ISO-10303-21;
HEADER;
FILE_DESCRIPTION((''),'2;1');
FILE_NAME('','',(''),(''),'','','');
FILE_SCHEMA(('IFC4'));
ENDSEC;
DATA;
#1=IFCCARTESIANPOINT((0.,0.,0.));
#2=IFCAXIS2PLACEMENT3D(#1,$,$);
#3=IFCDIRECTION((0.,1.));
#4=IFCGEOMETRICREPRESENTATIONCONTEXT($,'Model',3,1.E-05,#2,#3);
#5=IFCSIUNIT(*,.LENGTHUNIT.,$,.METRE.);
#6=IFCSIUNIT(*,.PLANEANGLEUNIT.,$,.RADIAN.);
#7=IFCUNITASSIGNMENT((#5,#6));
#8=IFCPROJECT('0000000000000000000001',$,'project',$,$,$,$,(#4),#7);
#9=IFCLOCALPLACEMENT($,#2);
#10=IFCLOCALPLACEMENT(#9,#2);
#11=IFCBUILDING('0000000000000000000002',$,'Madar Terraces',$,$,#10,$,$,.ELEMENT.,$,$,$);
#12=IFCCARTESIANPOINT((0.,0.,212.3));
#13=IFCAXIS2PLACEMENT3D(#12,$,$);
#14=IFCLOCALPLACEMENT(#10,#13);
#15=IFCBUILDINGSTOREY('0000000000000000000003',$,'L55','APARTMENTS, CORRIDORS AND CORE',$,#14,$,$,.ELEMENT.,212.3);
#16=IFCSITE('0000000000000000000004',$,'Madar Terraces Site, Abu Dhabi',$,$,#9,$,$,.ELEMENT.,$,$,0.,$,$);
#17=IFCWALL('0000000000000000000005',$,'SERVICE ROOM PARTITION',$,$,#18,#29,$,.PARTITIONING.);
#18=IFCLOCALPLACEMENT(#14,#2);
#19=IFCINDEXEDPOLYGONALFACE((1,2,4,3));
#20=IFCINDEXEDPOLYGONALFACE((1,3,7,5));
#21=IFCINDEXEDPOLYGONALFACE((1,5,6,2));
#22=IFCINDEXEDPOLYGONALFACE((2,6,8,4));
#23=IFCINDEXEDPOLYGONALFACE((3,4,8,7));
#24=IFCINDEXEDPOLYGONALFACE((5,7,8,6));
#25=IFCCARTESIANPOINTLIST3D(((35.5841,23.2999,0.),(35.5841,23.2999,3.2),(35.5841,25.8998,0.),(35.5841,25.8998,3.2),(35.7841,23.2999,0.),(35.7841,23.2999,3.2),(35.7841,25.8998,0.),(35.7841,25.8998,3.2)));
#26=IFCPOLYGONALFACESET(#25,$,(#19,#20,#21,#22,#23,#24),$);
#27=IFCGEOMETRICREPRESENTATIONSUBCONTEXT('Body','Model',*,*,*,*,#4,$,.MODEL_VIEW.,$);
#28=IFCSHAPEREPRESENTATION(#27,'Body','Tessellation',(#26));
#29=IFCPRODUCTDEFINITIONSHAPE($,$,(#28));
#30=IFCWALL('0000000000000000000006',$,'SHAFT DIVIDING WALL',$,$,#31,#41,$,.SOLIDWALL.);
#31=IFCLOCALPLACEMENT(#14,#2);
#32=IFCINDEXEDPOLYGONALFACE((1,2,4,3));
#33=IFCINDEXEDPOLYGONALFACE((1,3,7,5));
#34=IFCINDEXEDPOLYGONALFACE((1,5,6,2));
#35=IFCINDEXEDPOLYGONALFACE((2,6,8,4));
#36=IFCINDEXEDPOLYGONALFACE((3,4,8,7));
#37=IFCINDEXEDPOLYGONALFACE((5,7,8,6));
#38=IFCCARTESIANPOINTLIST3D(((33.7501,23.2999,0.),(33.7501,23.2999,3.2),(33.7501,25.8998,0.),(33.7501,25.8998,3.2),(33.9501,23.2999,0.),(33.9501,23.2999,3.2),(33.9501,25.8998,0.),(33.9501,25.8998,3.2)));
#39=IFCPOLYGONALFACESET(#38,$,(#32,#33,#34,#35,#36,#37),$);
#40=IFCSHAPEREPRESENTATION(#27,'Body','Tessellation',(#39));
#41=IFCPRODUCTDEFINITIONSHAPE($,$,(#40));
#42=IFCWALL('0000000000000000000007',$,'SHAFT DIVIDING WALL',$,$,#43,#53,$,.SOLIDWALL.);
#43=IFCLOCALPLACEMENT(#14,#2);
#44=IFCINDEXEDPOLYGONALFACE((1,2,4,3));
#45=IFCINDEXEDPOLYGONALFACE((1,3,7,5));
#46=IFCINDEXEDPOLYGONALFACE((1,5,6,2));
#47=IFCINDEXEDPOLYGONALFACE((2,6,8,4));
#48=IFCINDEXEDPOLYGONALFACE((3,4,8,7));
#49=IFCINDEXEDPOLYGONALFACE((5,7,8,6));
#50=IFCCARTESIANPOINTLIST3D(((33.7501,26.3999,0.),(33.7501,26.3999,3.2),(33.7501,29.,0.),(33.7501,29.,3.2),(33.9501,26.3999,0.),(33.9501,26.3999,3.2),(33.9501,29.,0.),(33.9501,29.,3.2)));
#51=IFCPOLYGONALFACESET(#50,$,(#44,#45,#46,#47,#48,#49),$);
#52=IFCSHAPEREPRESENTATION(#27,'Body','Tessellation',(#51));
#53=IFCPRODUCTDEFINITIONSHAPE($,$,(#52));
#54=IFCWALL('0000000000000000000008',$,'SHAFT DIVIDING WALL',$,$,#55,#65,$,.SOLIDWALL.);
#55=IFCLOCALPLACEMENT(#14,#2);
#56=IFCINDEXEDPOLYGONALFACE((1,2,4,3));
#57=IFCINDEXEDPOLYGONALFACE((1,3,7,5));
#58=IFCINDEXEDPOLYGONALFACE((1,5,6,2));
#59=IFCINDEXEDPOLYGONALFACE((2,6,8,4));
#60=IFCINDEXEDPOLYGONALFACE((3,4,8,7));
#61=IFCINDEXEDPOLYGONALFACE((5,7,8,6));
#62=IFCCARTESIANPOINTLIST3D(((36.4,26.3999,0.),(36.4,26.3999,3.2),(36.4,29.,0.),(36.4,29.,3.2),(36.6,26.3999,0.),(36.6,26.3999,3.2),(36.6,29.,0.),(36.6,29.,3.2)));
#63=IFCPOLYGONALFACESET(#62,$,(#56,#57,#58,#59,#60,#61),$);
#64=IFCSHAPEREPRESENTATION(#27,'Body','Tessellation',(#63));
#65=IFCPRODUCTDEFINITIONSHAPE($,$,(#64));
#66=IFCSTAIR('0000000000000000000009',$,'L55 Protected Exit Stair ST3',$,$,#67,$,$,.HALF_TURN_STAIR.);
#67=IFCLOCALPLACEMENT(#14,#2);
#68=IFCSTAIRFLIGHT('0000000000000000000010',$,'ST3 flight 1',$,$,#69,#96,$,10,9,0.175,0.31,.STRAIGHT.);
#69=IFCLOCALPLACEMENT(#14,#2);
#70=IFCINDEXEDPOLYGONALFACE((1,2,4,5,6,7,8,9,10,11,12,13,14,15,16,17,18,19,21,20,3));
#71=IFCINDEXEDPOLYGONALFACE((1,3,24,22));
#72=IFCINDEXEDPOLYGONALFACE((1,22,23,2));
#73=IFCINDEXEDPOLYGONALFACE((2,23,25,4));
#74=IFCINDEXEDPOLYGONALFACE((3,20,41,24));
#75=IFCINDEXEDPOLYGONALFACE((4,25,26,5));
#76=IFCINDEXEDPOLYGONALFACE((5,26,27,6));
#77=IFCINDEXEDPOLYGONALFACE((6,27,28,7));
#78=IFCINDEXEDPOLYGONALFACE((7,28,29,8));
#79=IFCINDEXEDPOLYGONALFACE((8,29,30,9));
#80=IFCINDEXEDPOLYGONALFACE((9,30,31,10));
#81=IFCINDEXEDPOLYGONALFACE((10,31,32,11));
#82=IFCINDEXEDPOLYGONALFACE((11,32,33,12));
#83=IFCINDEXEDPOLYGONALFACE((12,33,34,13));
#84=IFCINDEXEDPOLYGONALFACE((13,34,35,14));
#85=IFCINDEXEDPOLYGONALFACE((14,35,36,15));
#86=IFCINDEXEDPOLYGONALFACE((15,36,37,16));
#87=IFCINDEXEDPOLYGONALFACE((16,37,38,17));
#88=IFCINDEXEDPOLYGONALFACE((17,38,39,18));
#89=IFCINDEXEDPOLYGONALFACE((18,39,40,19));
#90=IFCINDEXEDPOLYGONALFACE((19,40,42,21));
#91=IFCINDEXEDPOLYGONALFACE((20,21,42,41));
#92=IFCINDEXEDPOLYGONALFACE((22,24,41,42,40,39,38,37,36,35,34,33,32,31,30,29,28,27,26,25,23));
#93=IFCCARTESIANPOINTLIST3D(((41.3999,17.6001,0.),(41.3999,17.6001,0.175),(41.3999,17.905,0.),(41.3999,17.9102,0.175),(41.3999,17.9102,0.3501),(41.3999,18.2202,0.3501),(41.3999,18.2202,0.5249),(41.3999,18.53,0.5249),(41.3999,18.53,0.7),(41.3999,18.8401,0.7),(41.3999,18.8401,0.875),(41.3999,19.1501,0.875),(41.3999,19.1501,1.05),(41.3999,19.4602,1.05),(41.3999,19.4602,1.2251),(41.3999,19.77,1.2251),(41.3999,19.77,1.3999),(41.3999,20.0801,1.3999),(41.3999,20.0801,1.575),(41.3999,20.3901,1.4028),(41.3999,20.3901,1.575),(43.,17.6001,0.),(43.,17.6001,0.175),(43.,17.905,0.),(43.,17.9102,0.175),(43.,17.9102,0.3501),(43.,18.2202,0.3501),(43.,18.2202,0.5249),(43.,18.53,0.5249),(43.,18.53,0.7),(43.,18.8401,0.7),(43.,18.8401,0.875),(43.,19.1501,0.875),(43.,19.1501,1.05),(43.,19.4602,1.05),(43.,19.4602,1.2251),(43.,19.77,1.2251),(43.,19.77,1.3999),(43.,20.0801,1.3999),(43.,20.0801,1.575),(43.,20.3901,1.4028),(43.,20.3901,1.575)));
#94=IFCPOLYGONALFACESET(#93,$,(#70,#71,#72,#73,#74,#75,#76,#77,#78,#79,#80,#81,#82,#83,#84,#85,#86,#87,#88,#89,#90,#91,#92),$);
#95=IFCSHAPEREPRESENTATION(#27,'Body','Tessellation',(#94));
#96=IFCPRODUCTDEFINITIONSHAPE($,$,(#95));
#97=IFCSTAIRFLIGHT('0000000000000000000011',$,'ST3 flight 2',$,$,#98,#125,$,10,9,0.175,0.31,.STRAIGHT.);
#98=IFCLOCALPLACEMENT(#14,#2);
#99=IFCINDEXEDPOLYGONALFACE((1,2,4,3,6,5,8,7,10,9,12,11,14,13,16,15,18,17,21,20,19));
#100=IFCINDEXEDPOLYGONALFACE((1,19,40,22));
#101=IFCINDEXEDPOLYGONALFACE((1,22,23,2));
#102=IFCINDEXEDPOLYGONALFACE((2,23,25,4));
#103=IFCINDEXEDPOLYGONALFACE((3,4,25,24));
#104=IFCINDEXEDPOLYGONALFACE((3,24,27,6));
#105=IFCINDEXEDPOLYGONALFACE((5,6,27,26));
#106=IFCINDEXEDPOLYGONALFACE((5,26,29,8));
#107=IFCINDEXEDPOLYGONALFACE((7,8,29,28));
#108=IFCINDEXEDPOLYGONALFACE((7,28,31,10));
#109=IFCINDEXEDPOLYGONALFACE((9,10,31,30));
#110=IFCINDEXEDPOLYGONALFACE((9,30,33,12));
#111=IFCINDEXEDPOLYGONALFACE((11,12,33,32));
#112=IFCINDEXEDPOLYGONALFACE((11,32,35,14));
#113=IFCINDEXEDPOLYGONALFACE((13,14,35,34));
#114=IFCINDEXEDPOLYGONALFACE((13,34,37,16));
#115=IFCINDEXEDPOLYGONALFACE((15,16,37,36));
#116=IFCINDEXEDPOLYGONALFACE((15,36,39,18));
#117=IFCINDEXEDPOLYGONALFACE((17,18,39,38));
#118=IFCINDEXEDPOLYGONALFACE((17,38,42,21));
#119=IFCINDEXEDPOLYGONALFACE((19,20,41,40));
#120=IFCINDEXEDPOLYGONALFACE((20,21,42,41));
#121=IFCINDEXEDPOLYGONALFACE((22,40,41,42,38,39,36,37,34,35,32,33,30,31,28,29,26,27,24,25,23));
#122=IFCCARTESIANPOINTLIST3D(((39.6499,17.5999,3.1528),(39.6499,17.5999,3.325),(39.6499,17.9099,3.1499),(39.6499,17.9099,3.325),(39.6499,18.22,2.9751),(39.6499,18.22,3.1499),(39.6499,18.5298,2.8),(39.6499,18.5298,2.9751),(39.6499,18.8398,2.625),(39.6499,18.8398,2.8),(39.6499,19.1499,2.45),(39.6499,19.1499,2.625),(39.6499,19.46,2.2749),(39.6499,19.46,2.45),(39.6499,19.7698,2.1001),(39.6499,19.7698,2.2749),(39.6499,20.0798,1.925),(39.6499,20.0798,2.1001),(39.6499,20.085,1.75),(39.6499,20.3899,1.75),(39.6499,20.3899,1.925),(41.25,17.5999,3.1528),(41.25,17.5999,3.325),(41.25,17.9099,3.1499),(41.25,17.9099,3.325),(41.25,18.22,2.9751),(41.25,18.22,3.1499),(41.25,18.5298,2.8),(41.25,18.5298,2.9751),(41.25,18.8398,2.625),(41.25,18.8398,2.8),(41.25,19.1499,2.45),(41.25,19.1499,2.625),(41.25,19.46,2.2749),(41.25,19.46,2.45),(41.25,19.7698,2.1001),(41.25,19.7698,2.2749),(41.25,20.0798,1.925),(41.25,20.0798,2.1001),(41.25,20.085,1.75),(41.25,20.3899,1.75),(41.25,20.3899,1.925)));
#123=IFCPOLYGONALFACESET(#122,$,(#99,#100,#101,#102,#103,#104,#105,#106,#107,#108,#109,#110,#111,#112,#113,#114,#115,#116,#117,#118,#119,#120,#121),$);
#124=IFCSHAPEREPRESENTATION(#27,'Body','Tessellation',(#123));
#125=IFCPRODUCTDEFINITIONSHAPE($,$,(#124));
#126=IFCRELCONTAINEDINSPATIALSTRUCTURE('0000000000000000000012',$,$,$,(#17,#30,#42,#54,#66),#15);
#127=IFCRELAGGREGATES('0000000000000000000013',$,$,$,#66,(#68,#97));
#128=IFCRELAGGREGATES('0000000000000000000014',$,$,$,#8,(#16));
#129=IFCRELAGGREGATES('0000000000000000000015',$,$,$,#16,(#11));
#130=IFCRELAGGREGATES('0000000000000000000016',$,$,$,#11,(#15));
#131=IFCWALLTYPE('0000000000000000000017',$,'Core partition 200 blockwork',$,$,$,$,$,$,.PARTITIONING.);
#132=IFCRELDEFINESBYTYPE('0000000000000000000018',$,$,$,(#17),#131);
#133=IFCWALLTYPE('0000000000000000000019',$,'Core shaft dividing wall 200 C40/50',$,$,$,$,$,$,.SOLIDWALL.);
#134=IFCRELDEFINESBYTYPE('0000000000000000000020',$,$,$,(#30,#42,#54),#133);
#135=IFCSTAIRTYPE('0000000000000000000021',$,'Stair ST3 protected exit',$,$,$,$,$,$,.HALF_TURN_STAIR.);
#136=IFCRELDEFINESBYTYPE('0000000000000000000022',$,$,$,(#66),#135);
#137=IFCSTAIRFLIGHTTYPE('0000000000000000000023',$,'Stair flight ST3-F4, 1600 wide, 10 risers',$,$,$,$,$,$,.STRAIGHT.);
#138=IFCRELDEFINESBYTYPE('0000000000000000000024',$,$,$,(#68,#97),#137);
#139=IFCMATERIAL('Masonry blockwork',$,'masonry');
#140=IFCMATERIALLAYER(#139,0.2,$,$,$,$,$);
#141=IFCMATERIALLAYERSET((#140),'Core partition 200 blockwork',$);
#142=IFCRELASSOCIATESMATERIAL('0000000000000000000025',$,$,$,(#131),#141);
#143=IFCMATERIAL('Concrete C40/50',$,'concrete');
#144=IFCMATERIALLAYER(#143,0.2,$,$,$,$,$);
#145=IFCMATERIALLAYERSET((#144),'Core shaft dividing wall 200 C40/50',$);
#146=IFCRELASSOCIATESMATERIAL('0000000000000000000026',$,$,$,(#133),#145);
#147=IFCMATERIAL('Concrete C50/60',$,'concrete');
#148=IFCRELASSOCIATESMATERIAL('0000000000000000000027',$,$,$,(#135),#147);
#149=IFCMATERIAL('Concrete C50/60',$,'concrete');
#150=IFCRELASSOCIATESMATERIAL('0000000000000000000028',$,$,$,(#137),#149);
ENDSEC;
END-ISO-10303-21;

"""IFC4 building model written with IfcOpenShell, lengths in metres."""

from ifc_helpers import new_model, si_unit, direction, frame, frame_2d, origin, place, context, subcontext, project, spatial, polyline, rectangle, outline, extrude, material, layer, layer_set, type_object, element, aggregate, save


model = new_model("IFC4")

# Units and contexts
model_context = context("Model", 3, precision=1e-05, world=origin(), true_north=direction((0.0, 1.0)))
body_context = subcontext(model_context, "Body", "Model", "MODEL_VIEW")
ifc_project = project(units=[si_unit("LENGTHUNIT", "METRE"), si_unit("PLANEANGLEUNIT", "RADIAN")], contexts=[model_context])

# Site, building, storey
site_placement = place(None, origin())
site = spatial("IfcSite", under=ifc_project, at=site_placement, Name="Madar Terraces Site, Abu Dhabi", CompositionType="ELEMENT", RefElevation=0.0)
building_placement = place(site_placement, origin())
building = spatial("IfcBuilding", under=site, at=building_placement, Name="Madar Terraces", CompositionType="ELEMENT")
storey_placement = place(building_placement, frame((0.0, 0.0, 212.3)))
storey = spatial("IfcBuildingStorey", under=building, at=storey_placement, Name="L55", Description="APARTMENTS, CORRIDORS AND CORE", CompositionType="ELEMENT", Elevation=212.3)

# Walls
ifc_material_1 = material(Name="Masonry blockwork", Category="masonry")
ifc_layer_1 = layer(ifc_material_1, 0.2)
ifc_layer_set_1 = layer_set([ifc_layer_1], Name="Core partition 200 blockwork")
wall_type_1 = type_object("IfcWallType", Name="Core partition 200 blockwork", PredefinedType="PARTITIONING", material=ifc_layer_set_1)
wall_1_placement = place(storey_placement, frame((35.6841, 23.3, 0.0), z_axis=(0.0, 0.0, 1.0), x_axis=(0.0, 1.0, 0.0)))
element("IfcWall", 1, at=wall_1_placement, inside=storey, type_object=wall_type_1, Name="SERVICE ROOM PARTITION", PredefinedType="PARTITIONING", context=body_context, shape_type="SweptSolid", body=[
    extrude(rectangle(XDim=2.5999, YDim=0.2, at=frame_2d((1.2998, 0.0))), origin(), (0.0, 0.0, 1.0), 3.2),
])
ifc_material_2 = material(Name="Concrete C40/50", Category="concrete")
ifc_layer_2 = layer(ifc_material_2, 0.2)
ifc_layer_set_2 = layer_set([ifc_layer_2], Name="Core shaft dividing wall 200 C40/50")
wall_type_2 = type_object("IfcWallType", Name="Core shaft dividing wall 200 C40/50", PredefinedType="SOLIDWALL", material=ifc_layer_set_2)
wall_2_placement = place(storey_placement, frame((33.8501, 23.3, 0.0), z_axis=(0.0, 0.0, 1.0), x_axis=(0.0, 1.0, 0.0)))
element("IfcWall", 2, at=wall_2_placement, inside=storey, type_object=wall_type_2, Name="SHAFT DIVIDING WALL", PredefinedType="SOLIDWALL", context=body_context, shape_type="SweptSolid", body=[
    extrude(rectangle(XDim=2.5999, YDim=0.2, at=frame_2d((1.2998, 0.0))), origin(), (0.0, 0.0, 1.0), 3.2),
])
for number, where, z_axis, x_axis, name in (
    (3, (33.8501, 26.3999, 0.0), (0.0, 0.0, 1.0), (0.0, 1.0, 0.0), "SHAFT DIVIDING WALL"),
    (4, (36.5, 26.3999, 0.0), (0.0, 0.0, 1.0), (0.0, 1.0, 0.0), "SHAFT DIVIDING WALL"),
):
    element("IfcWall", number, at=place(storey_placement, frame(where, z_axis=z_axis, x_axis=x_axis)), inside=storey, type_object=wall_type_2, Name=name, PredefinedType="SOLIDWALL", context=body_context, shape_type="SweptSolid", body=[
        extrude(rectangle(XDim=2.6001, YDim=0.2, at=frame_2d((1.3, 0.0))), origin(), (0.0, 0.0, 1.0), 3.2),
    ])

# Stair, stair flights
ifc_material_3 = material(Name="Concrete C50/60", Category="concrete")
stair_type = type_object("IfcStairType", Name="Stair ST3 protected exit", PredefinedType="HALF_TURN_STAIR", material=ifc_material_3)
stair_placement = place(storey_placement, origin())
stair = element("IfcStair", 5, at=stair_placement, inside=storey, type_object=stair_type, Name="L55 Protected Exit Stair ST3", PredefinedType="HALF_TURN_STAIR")
ifc_material_4 = material(Name="Concrete C50/60", Category="concrete")
stair_flight_type = type_object("IfcStairFlightType", Name="Stair flight ST3-F4, 1600 wide, 10 risers", PredefinedType="STRAIGHT", material=ifc_material_4)
stair_flight_1_placement = place(storey_placement, frame((42.2, 17.6001, 0.0), z_axis=(0.0, 0.0, 1.0), x_axis=(0.0, 1.0, 0.0)))
stair_flight_1 = element("IfcStairFlight", 6, at=stair_flight_1_placement, type_object=stair_flight_type, Name="ST3 flight 1", NumberOfRisers=10, NumberOfTreads=9, PredefinedType="STRAIGHT", RiserHeight=0.175, TreadLength=0.31, context=body_context, shape_type="SweptSolid", body=[
    extrude(outline(polyline([(0.0, 0.0), (0.0, 0.175), (0.3101, 0.175), (0.3101, 0.3501), (0.6201, 0.3501), (0.6201, 0.5249), (0.9299, 0.5249), (0.9299, 0.7), (1.24, 0.7), (1.24, 0.875), (1.55, 0.875), (1.55, 1.05), (1.8601, 1.05), (1.8601, 1.2251), (2.1699, 1.2251), (2.1699, 1.3999), (2.48, 1.3999), (2.48, 1.575), (2.79, 1.575), (2.79, 1.75), (2.79, 1.4028), (0.3049, 0.0), (0.0, 0.0)])), frame((0.0, 0.8, 0.0), z_axis=(0.0, -1.0, 0.0), x_axis=(1.0, 0.0, 0.0)), (0.0, 0.0, 1.0), 1.6001),
])
stair_flight_2_placement = place(storey_placement, frame((40.45, 20.3899, 1.75), z_axis=(0.0, 0.0, 1.0), x_axis=(0.0, -1.0, 0.0)))
stair_flight_2 = element("IfcStairFlight", 7, at=stair_flight_2_placement, type_object=stair_flight_type, Name="ST3 flight 2", NumberOfRisers=10, NumberOfTreads=9, PredefinedType="STRAIGHT", RiserHeight=0.175, TreadLength=0.31, context=body_context, shape_type="SweptSolid", body=[
    extrude(outline(polyline([(0.0, 0.0), (0.0, 0.175), (0.3101, 0.175), (0.3101, 0.3501), (0.6201, 0.3501), (0.6201, 0.5249), (0.9299, 0.5249), (0.9299, 0.7), (1.24, 0.7), (1.24, 0.875), (1.55, 0.875), (1.55, 1.05), (1.8601, 1.05), (1.8601, 1.2251), (2.1699, 1.2251), (2.1699, 1.3999), (2.48, 1.3999), (2.48, 1.575), (2.79, 1.575), (2.79, 1.75), (2.79, 1.4028), (0.3049, 0.0), (0.0, 0.0)])), frame((0.0, 0.8, 0.0), z_axis=(0.0, -1.0, 0.0), x_axis=(1.0, 0.0, 0.0)), (0.0, 0.0, 1.0), 1.6001),
])
aggregate(stair, [stair_flight_1, stair_flight_2])

save(model, "model.ifc")
